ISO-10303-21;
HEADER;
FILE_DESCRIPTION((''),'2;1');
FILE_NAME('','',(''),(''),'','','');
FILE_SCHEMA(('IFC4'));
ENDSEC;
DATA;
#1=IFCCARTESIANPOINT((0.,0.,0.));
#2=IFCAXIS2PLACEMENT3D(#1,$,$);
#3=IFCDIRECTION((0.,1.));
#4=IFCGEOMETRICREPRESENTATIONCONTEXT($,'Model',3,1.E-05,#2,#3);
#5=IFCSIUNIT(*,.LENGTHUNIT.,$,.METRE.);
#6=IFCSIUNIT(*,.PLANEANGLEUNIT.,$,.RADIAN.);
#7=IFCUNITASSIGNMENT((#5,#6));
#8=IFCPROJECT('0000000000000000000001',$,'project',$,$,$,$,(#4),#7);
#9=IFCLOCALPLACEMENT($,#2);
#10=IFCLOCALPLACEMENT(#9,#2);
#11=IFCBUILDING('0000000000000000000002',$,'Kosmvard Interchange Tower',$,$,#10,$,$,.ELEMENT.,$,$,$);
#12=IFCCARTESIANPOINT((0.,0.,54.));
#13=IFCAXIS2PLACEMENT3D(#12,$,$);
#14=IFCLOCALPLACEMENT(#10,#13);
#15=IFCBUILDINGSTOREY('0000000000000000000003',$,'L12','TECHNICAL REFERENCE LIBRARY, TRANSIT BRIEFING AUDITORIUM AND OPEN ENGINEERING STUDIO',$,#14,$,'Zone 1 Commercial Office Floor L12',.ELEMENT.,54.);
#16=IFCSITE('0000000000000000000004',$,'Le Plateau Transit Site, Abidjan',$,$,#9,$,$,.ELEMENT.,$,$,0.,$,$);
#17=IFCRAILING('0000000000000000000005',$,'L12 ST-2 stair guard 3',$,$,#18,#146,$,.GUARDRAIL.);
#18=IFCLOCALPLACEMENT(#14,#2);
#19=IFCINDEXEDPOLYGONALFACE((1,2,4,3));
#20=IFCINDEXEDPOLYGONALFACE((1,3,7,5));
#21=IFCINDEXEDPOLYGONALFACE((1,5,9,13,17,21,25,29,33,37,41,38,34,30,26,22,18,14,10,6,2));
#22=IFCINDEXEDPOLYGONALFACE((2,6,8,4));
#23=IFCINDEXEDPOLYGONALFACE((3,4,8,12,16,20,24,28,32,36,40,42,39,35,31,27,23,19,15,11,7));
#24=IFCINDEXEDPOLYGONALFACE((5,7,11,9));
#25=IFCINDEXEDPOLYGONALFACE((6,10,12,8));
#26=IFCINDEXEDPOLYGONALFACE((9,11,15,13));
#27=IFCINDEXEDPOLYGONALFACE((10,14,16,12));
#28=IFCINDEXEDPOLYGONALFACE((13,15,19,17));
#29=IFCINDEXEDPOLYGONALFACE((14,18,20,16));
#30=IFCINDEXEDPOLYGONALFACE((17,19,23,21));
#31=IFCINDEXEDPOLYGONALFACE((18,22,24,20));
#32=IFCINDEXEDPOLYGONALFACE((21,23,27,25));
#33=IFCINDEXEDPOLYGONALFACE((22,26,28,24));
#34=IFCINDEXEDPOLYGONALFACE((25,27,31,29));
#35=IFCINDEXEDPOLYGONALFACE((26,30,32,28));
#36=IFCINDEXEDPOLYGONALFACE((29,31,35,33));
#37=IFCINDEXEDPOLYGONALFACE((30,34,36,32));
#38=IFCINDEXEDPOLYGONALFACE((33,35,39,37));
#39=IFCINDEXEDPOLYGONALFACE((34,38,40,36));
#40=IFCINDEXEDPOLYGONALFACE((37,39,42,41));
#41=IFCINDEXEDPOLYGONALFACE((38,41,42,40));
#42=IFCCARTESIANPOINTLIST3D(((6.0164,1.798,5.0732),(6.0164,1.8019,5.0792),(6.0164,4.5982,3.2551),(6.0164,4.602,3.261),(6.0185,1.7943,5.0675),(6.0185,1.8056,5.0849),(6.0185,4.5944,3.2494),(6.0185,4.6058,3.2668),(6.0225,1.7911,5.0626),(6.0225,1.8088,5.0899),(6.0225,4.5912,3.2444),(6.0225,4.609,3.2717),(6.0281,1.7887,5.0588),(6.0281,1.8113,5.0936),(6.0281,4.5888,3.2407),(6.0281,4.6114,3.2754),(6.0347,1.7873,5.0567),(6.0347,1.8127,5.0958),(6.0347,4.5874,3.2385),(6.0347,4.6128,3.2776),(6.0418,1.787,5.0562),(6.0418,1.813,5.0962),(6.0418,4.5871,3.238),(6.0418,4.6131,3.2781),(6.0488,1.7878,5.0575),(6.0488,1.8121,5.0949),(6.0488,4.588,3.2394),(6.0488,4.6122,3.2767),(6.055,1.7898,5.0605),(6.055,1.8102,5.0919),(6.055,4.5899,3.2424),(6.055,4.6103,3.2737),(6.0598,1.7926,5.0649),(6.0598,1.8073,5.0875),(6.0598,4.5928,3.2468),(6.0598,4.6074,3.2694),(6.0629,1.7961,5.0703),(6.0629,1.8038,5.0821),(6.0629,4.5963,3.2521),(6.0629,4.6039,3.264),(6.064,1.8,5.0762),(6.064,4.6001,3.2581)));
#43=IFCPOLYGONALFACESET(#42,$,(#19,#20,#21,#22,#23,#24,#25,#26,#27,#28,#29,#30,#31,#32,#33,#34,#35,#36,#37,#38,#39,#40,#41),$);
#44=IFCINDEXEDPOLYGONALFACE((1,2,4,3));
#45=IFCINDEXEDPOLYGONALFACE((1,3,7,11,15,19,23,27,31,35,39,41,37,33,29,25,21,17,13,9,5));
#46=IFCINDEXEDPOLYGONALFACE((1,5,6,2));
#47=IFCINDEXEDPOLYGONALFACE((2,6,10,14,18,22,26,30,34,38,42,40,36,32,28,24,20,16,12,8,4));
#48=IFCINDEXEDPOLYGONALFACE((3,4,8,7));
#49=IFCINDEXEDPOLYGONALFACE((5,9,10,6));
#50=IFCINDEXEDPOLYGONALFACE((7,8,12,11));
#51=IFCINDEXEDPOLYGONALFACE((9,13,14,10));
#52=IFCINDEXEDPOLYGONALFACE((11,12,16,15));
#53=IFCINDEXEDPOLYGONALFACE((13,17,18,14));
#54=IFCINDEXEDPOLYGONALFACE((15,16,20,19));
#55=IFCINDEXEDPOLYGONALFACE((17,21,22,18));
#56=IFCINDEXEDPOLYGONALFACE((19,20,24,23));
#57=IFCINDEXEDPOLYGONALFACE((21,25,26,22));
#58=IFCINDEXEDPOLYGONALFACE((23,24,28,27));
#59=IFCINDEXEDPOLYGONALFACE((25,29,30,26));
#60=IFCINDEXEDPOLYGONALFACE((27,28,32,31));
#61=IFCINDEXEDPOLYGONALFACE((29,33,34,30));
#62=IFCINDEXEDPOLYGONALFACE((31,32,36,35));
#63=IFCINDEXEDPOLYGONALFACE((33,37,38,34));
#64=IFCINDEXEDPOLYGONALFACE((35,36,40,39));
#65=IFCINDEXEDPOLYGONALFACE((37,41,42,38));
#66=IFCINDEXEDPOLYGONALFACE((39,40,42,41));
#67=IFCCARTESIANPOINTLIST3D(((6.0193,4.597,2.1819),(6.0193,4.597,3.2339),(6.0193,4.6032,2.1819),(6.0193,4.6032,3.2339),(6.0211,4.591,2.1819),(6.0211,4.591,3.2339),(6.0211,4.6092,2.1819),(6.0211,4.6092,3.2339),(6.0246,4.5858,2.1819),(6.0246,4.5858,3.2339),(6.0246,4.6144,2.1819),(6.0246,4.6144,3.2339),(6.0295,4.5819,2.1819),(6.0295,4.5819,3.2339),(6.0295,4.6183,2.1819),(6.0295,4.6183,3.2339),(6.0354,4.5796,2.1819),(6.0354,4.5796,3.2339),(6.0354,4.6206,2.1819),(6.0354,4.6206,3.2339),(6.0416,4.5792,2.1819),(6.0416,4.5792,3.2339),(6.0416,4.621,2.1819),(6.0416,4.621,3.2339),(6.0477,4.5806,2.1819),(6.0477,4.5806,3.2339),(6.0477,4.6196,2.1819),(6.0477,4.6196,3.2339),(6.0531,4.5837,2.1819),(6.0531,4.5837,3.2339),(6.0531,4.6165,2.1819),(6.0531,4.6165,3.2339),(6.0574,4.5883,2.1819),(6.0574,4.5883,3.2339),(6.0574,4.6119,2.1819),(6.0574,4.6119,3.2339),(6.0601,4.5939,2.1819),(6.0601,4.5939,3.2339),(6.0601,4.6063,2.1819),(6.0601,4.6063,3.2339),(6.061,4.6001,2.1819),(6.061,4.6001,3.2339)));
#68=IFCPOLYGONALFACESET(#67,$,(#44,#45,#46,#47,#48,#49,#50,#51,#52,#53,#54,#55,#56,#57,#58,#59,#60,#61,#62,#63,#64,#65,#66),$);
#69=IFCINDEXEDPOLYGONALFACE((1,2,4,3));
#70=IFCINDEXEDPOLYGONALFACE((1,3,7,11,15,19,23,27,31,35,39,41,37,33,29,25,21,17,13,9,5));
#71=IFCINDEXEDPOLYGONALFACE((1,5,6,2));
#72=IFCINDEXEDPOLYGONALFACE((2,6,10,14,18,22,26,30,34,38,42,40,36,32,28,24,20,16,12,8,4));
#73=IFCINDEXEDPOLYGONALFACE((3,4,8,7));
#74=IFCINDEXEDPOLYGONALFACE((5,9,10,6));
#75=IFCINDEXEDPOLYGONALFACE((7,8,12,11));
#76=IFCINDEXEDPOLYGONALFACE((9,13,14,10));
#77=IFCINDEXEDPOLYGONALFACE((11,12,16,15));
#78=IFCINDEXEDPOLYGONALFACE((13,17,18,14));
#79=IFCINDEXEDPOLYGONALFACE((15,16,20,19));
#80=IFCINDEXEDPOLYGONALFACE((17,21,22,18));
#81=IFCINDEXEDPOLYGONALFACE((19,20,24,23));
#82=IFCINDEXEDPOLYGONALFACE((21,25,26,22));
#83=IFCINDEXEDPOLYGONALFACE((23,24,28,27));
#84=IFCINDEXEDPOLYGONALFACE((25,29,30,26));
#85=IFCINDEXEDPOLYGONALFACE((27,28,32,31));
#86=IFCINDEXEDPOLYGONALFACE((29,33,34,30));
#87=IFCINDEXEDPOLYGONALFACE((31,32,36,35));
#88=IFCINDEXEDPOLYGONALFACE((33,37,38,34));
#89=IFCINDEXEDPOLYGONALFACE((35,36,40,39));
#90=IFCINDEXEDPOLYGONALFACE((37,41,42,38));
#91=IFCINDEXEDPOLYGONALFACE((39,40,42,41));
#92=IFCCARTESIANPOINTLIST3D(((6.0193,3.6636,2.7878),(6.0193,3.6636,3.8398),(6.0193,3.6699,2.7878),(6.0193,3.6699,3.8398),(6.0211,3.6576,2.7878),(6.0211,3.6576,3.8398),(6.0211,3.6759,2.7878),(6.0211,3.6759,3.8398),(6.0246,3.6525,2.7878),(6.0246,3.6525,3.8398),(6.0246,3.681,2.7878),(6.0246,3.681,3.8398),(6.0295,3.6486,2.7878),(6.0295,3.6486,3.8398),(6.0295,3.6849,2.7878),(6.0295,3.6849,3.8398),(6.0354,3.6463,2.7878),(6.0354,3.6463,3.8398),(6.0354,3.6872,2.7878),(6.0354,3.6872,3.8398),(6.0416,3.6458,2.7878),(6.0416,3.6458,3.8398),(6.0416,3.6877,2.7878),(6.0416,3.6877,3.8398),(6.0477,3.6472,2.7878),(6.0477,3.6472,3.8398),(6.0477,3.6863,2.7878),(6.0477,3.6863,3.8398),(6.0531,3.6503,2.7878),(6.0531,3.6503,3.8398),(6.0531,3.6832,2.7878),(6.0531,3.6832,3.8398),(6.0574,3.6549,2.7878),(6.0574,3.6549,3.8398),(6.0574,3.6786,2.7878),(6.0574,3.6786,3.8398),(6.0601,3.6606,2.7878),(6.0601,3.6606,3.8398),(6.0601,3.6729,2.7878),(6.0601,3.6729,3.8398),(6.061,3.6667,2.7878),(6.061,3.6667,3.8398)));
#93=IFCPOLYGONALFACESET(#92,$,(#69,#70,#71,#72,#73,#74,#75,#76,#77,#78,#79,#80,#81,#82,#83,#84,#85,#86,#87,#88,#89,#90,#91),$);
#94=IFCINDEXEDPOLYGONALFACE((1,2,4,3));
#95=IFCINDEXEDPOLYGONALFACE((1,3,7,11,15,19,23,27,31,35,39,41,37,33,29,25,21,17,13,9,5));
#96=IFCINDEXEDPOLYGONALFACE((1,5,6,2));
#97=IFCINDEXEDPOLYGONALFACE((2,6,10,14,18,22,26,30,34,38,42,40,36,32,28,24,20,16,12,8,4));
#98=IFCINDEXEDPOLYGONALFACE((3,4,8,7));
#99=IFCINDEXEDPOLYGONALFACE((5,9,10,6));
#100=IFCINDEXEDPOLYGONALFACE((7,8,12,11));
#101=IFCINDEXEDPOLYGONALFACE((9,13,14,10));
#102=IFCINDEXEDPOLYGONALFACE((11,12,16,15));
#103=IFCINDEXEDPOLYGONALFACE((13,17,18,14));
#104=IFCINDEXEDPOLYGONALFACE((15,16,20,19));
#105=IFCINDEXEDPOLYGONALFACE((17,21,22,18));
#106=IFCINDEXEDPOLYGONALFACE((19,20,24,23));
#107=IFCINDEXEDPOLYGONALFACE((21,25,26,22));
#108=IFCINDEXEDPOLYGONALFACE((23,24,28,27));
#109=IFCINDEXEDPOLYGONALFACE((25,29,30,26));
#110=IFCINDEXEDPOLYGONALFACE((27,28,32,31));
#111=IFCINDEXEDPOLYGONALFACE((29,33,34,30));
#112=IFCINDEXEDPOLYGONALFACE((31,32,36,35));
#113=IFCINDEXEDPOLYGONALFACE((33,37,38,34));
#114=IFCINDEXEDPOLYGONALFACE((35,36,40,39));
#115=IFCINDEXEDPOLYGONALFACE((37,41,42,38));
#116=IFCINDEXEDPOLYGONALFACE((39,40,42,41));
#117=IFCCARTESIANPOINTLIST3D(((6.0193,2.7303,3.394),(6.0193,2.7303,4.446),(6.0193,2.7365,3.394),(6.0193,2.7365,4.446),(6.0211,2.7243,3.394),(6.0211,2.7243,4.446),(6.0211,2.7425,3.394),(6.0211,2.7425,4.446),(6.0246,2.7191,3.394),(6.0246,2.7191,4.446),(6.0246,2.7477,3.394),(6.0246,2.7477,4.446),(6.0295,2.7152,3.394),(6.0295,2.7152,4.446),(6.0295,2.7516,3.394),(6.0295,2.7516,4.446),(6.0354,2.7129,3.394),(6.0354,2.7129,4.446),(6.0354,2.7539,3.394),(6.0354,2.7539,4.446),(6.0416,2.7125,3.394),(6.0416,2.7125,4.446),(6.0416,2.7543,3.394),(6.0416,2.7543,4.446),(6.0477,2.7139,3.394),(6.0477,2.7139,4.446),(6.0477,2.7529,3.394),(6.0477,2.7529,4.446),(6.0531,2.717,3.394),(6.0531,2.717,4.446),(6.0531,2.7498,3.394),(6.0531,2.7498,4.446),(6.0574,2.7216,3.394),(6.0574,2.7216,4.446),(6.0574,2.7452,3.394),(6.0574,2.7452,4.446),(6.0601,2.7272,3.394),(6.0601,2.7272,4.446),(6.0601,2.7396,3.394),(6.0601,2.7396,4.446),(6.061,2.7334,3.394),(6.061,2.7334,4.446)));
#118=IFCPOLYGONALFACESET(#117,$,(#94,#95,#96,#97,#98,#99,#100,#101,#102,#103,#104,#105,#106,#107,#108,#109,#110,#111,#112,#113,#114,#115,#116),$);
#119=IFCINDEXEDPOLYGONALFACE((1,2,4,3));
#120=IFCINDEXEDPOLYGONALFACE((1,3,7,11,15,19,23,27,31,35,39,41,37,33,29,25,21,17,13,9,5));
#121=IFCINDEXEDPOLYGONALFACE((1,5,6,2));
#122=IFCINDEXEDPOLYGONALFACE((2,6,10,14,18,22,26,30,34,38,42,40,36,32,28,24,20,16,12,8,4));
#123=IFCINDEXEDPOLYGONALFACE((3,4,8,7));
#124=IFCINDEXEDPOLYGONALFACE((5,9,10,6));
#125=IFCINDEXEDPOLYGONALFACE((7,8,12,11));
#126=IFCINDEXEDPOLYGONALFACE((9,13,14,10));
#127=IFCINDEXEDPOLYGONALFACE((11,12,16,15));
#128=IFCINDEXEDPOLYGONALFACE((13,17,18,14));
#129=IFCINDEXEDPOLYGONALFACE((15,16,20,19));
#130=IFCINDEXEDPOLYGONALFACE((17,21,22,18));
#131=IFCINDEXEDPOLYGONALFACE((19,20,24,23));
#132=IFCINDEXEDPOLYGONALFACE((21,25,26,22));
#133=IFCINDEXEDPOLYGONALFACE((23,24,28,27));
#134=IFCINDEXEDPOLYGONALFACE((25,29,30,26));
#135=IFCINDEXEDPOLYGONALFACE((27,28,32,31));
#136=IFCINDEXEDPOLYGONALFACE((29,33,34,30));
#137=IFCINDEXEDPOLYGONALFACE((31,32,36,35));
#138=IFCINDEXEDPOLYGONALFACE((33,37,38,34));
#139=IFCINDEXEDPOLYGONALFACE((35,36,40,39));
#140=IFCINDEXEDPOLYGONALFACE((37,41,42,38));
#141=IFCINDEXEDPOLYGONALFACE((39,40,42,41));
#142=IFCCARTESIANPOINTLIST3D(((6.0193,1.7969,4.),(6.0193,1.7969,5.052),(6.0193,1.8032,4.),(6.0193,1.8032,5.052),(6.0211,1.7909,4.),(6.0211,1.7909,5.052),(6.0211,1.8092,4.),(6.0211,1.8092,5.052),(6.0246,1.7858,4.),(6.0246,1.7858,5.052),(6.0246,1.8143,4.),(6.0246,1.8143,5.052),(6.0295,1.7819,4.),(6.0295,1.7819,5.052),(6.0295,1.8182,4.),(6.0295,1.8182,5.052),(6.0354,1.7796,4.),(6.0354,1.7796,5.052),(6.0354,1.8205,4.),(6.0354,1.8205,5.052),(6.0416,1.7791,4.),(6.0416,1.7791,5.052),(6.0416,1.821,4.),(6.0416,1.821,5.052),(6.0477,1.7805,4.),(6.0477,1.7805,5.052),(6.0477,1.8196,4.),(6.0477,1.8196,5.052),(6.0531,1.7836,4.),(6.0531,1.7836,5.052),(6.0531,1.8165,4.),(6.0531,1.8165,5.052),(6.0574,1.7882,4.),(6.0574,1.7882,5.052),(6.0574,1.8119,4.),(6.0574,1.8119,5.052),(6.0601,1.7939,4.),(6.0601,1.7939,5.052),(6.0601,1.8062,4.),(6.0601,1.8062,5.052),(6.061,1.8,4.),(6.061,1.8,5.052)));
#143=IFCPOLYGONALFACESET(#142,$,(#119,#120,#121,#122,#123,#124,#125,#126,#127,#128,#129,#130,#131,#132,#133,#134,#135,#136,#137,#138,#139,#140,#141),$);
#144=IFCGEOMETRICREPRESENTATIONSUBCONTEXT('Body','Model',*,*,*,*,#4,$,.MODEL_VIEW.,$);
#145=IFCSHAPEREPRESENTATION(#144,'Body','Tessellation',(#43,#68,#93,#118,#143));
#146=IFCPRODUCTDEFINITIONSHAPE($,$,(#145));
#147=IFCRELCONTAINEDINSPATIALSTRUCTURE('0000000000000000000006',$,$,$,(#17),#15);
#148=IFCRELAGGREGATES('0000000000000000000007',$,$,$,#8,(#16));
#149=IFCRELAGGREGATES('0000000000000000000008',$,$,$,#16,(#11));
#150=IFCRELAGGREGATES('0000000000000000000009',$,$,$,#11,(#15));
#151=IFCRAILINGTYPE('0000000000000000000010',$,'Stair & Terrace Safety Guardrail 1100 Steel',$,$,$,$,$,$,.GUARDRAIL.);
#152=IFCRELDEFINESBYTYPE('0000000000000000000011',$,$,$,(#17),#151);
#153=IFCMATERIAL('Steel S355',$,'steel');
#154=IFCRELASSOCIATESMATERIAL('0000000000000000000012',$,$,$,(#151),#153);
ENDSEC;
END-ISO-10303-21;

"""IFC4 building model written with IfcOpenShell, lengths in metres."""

from ifc_helpers import new_model, si_unit, direction, frame, origin, origin_2d, place, context, subcontext, project, spatial, circle, extrude, source, transform, mapped, material, type_object, element, save


model = new_model("IFC4")

# Units and contexts
model_context = context("Model", 3, precision=1e-05, world=origin(), true_north=direction((0.0, 1.0)))
body_context = subcontext(model_context, "Body", "Model", "MODEL_VIEW")
ifc_project = project(units=[si_unit("LENGTHUNIT", "METRE"), si_unit("PLANEANGLEUNIT", "RADIAN")], contexts=[model_context])

# Site, building, storey
site_placement = place(None, origin())
site = spatial("IfcSite", under=ifc_project, at=site_placement, Name="Le Plateau Transit Site, Abidjan", CompositionType="ELEMENT", RefElevation=0.0)
building_placement = place(site_placement, origin())
building = spatial("IfcBuilding", under=site, at=building_placement, Name="Kosmvard Interchange Tower", CompositionType="ELEMENT")
storey_placement = place(building_placement, frame((0.0, 0.0, 54.0)))
storey = spatial("IfcBuildingStorey", under=building, at=storey_placement, Name="L12", Description="TECHNICAL REFERENCE LIBRARY, TRANSIT BRIEFING AUDITORIUM AND OPEN ENGINEERING STUDIO", LongName="Zone 1 Commercial Office Floor L12", CompositionType="ELEMENT", Elevation=54.0)

# Shared definitions
ifc_material_1 = material(Name="Steel S355", Category="steel")

# Railing
railing_type_1 = type_object("IfcRailingType", Name="Stair & Terrace Safety Guardrail 1100 Steel", PredefinedType="GUARDRAIL", material=ifc_material_1)
shared_shape_1 = source(origin(), body_context, "Body", "SweptSolid", [
    extrude(circle(Radius=0.0239, at=origin_2d()), frame((0.0, 0.0, 1.0762), z_axis=(0.0, -0.838706, 0.544585), x_axis=(1.0, 0.0, 0.0)), (0.0, 0.0, 1.0), 3.3386),
    extrude(circle(Radius=0.021, at=origin_2d()), origin(), (0.0, 0.0, 1.0), 1.052),
    extrude(circle(Radius=0.021, at=origin_2d()), frame((0.0, -0.9333, 0.606)), (0.0, 0.0, 1.0), 1.052),
    extrude(circle(Radius=0.021, at=origin_2d()), frame((0.0, -1.8667, 1.2122)), (0.0, 0.0, 1.0), 1.052),
    extrude(circle(Radius=0.021, at=origin_2d()), frame((0.0, -2.8, 1.8181)), (0.0, 0.0, 1.0), 1.052),
])
railing_1_placement = place(storey_placement, frame((6.04, 4.6001, 2.1819)))
element("IfcRailing", 1, at=railing_1_placement, inside=storey, type_object=railing_type_1, Name="L12 ST-2 stair guard 3", PredefinedType="GUARDRAIL", context=body_context, shape_type="MappedRepresentation", body=[
    mapped(shared_shape_1, transform((0.0, 0.0, 0.0), scale=1.0)),
])

save(model, "model.ifc")
